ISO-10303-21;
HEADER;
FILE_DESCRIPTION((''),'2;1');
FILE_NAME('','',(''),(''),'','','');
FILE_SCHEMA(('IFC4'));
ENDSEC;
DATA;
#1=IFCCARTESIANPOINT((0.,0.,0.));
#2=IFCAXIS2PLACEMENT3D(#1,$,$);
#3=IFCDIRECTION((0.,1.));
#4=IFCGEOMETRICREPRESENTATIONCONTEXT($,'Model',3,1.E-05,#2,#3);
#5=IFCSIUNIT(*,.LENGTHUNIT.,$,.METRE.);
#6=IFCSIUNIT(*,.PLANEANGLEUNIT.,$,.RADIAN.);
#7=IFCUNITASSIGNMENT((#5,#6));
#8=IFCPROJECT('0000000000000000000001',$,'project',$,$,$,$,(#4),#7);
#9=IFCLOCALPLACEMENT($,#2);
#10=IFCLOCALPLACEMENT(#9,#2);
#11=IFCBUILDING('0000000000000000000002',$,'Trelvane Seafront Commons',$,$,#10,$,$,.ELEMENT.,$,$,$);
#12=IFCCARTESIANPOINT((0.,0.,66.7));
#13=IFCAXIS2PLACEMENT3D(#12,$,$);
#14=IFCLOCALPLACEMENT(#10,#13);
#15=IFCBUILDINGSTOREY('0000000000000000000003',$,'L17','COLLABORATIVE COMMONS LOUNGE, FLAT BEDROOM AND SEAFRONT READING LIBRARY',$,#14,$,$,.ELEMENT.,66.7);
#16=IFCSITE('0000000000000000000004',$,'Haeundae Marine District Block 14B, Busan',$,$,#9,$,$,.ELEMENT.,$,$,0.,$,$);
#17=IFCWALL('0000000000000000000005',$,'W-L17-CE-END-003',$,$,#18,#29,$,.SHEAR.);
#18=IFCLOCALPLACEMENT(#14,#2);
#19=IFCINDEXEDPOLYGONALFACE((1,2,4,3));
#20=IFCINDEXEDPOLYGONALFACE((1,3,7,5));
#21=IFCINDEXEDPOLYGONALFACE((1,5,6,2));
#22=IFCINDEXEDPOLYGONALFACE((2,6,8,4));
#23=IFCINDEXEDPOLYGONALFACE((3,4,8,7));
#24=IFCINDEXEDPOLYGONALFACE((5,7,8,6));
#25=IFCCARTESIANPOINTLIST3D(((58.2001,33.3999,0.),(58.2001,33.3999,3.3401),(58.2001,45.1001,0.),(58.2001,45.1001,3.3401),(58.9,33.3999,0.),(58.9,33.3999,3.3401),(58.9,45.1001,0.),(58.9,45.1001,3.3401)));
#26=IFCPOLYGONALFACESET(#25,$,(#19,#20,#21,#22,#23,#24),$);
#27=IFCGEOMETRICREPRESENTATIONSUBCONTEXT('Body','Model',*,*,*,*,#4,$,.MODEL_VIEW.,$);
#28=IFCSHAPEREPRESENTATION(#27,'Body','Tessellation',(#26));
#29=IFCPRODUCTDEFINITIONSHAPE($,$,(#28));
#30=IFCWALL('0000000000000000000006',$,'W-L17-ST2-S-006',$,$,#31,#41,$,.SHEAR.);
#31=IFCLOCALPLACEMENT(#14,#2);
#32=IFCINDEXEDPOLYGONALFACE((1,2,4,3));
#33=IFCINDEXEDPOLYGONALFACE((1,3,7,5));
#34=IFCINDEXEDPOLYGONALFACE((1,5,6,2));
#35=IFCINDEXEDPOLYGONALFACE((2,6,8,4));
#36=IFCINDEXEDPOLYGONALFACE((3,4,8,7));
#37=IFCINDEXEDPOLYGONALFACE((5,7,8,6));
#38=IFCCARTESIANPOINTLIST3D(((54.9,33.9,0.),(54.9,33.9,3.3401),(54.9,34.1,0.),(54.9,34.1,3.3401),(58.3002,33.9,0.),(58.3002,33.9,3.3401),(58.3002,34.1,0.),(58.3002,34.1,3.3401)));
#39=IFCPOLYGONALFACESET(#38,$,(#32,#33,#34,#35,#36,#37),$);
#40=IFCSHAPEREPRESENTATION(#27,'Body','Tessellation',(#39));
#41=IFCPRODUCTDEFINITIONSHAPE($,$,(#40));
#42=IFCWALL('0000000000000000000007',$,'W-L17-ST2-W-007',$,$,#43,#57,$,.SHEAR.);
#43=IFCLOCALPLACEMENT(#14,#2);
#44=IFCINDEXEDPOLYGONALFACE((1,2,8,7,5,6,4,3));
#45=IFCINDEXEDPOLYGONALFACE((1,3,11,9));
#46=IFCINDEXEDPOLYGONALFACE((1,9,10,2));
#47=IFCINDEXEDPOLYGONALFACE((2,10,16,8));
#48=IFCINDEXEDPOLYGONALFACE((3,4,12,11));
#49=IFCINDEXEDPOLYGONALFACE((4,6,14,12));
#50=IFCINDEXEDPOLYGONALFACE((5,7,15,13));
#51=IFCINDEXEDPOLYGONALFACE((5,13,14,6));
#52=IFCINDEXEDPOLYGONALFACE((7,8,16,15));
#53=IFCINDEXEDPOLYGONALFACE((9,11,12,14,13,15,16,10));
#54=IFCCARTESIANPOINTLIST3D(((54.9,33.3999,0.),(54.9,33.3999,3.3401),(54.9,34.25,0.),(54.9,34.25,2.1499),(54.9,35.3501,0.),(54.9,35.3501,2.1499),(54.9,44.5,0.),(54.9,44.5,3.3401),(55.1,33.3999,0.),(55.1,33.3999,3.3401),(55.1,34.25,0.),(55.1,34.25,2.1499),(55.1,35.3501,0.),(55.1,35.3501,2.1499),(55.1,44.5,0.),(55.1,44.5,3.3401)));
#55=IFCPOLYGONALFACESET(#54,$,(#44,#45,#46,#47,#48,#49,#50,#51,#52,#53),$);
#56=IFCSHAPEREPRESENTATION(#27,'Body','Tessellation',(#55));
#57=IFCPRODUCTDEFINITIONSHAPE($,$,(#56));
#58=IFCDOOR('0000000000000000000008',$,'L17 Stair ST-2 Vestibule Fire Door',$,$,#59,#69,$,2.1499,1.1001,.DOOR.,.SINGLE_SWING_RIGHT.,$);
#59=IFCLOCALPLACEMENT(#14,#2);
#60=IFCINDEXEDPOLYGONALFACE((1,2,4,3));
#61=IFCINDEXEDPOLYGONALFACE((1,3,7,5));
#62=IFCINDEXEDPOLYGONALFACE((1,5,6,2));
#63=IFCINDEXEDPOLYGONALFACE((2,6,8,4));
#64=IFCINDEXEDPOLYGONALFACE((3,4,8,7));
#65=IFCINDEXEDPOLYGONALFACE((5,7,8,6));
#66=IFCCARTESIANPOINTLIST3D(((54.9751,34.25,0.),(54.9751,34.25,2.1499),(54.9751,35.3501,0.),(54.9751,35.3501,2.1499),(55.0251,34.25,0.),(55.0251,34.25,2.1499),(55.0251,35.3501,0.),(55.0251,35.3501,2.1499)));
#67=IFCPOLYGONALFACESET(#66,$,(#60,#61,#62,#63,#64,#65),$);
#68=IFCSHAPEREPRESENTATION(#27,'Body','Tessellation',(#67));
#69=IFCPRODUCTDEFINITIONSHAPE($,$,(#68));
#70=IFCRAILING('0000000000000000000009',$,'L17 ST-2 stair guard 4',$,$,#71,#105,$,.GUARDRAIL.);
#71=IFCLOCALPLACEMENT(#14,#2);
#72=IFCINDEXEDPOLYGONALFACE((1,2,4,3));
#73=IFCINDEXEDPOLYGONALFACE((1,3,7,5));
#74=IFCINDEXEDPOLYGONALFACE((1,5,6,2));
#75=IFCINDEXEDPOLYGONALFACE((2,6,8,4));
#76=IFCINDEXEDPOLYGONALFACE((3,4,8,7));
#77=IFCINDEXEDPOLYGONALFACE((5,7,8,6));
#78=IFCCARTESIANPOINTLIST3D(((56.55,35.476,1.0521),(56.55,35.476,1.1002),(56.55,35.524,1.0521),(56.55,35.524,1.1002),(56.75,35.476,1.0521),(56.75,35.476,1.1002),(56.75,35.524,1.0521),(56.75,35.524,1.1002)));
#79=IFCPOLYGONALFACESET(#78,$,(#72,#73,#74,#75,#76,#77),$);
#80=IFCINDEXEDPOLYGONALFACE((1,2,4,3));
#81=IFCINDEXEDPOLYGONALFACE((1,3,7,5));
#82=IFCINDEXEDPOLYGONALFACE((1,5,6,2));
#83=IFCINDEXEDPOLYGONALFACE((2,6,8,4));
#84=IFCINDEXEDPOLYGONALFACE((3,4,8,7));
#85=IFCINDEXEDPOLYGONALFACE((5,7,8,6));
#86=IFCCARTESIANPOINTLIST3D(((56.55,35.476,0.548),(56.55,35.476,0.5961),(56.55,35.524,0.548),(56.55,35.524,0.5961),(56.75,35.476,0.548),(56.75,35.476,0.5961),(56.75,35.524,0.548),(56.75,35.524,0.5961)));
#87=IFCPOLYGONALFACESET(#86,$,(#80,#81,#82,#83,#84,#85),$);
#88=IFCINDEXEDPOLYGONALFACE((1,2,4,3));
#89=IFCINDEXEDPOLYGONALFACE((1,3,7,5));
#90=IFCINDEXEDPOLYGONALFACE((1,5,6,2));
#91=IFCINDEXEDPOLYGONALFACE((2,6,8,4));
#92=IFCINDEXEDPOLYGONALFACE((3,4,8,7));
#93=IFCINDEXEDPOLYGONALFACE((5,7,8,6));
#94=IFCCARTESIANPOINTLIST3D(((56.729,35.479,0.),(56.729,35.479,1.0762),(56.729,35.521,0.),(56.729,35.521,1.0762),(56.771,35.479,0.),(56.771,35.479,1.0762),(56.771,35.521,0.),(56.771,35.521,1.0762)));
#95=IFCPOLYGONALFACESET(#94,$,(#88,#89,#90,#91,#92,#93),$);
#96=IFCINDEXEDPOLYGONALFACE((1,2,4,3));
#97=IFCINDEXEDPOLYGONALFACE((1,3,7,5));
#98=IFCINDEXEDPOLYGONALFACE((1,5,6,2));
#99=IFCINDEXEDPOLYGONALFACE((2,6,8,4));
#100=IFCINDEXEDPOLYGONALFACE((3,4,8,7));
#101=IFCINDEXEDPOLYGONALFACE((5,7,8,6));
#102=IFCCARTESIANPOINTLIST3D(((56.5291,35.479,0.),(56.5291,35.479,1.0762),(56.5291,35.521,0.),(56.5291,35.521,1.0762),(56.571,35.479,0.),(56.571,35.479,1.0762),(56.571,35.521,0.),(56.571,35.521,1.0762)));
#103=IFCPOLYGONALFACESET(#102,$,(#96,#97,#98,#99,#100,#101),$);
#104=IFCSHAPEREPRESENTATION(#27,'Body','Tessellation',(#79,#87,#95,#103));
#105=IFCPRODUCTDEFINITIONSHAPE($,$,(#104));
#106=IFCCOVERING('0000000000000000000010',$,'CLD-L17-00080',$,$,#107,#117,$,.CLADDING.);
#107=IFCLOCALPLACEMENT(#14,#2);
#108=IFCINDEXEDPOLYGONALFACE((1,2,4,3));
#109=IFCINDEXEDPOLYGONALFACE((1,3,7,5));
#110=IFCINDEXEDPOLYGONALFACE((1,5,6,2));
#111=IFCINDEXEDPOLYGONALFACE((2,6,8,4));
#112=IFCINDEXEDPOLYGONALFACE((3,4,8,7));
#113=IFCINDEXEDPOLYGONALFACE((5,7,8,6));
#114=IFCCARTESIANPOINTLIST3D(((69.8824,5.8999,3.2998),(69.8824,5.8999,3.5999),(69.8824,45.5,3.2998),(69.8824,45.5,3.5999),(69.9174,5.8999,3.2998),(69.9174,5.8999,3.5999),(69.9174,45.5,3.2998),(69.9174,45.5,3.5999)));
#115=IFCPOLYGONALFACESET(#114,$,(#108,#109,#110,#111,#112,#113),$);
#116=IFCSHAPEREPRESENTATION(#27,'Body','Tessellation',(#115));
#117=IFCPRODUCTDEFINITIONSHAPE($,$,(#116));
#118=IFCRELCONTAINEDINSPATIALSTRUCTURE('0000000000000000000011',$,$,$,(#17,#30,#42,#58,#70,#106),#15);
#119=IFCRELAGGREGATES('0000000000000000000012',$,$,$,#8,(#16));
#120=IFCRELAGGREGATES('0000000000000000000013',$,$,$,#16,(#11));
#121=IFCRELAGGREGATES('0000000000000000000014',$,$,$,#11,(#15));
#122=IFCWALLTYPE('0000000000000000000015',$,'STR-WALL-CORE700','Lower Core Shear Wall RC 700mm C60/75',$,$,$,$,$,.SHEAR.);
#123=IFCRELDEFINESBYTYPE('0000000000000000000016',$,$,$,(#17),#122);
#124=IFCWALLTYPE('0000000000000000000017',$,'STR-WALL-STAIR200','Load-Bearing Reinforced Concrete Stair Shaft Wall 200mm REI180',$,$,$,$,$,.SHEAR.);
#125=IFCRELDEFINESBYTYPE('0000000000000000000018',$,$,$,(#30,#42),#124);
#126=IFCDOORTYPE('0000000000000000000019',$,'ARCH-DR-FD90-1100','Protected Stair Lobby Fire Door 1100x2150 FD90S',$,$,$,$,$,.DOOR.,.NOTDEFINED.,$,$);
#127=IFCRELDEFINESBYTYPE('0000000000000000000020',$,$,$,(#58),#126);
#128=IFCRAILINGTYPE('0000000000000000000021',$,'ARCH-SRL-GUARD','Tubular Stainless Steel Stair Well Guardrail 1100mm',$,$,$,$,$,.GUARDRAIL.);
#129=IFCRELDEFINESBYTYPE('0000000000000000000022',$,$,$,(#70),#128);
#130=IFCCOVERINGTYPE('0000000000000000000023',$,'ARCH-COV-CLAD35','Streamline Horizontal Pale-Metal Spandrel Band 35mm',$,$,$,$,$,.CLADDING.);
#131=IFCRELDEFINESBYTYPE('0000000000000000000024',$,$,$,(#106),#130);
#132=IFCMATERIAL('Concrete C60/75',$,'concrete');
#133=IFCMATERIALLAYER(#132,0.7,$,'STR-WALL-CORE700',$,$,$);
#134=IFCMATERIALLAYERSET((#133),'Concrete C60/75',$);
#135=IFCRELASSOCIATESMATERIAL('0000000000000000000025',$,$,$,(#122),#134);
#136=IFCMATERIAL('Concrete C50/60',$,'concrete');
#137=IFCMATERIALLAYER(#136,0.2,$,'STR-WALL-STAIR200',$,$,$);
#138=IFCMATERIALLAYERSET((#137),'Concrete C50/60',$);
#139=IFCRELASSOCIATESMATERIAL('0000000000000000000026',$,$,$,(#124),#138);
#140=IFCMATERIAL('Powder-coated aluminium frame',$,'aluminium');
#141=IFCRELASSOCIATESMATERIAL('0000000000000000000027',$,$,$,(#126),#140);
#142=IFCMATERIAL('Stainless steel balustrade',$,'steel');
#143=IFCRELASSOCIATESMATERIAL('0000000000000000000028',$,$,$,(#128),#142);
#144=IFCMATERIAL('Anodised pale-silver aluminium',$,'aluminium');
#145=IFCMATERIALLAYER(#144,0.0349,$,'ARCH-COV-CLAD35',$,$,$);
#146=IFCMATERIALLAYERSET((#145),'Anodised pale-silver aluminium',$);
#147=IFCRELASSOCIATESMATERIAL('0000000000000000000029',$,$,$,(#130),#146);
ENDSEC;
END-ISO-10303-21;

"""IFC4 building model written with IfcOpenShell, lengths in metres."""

from ifc_helpers import new_model, si_unit, direction, frame, frame_2d, origin, origin_2d, place, context, subcontext, project, spatial, rectangle, extrude, source, transform, mapped, material, layer, layer_set, type_object, element, fill, save


model = new_model("IFC4")

# Units and contexts
model_context = context("Model", 3, precision=1e-05, world=origin(), true_north=direction((0.0, 1.0)))
body_context = subcontext(model_context, "Body", "Model", "MODEL_VIEW")
ifc_project = project(units=[si_unit("LENGTHUNIT", "METRE"), si_unit("PLANEANGLEUNIT", "RADIAN")], contexts=[model_context])

# Site, building, storey
site_placement = place(None, origin())
site = spatial("IfcSite", under=ifc_project, at=site_placement, Name="Haeundae Marine District Block 14B, Busan", CompositionType="ELEMENT", RefElevation=0.0)
building_placement = place(site_placement, origin())
building = spatial("IfcBuilding", under=site, at=building_placement, Name="Trelvane Seafront Commons", CompositionType="ELEMENT")
storey_placement = place(building_placement, frame((0.0, 0.0, 66.7)))
storey = spatial("IfcBuildingStorey", under=building, at=storey_placement, Name="L17", Description="COLLABORATIVE COMMONS LOUNGE, FLAT BEDROOM AND SEAFRONT READING LIBRARY", CompositionType="ELEMENT", Elevation=66.7)

# Shared definitions
ifc_material_1 = material(Name="Concrete C60/75", Category="concrete")

# Shared definitions
ifc_material_2 = material(Name="Powder-coated aluminium frame", Category="aluminium")

# Walls
ifc_layer_1 = layer(ifc_material_1, 0.7, Name="STR-WALL-CORE700")
ifc_layer_set_1 = layer_set([ifc_layer_1], Name="Concrete C60/75")
wall_type_1 = type_object("IfcWallType", Name="STR-WALL-CORE700", Description="Lower Core Shear Wall RC 700mm C60/75", PredefinedType="SHEAR", material=ifc_layer_set_1)
wall_1_placement = place(storey_placement, frame((58.55, 33.3999, 0.0), z_axis=(0.0, 0.0, 1.0), x_axis=(0.0, 1.0, 0.0)))
element("IfcWall", 1, at=wall_1_placement, inside=storey, type_object=wall_type_1, Name="W-L17-CE-END-003", PredefinedType="SHEAR", context=body_context, shape_type="SweptSolid", body=[
    extrude(rectangle(XDim=11.7002, YDim=0.7, at=frame_2d((5.8501, 0.0))), origin(), (0.0, 0.0, 1.0), 3.3401),
])
ifc_material_3 = material(Name="Concrete C50/60", Category="concrete")
ifc_layer_2 = layer(ifc_material_3, 0.2, Name="STR-WALL-STAIR200")
ifc_layer_set_2 = layer_set([ifc_layer_2], Name="Concrete C50/60")
wall_type_2 = type_object("IfcWallType", Name="STR-WALL-STAIR200", Description="Load-Bearing Reinforced Concrete Stair Shaft Wall 200mm REI180", PredefinedType="SHEAR", material=ifc_layer_set_2)
wall_2_placement = place(storey_placement, frame((54.8999, 34.0, 0.0), z_axis=(0.0, 0.0, 1.0), x_axis=(1.0, 0.0, 0.0)))
element("IfcWall", 2, at=wall_2_placement, inside=storey, type_object=wall_type_2, Name="W-L17-ST2-S-006", PredefinedType="SHEAR", context=body_context, shape_type="SweptSolid", body=[
    extrude(rectangle(XDim=3.4001, YDim=0.2, at=frame_2d((1.7002, 0.0))), origin(), (0.0, 0.0, 1.0), 3.3401),
])

# Wall, opening, door
wall_3_placement = place(storey_placement, frame((55.0, 33.3999, 0.0), z_axis=(0.0, 0.0, 1.0), x_axis=(0.0, 1.0, 0.0)))
wall_3 = element("IfcWall", 3, at=wall_3_placement, inside=storey, type_object=wall_type_2, Name="W-L17-ST2-W-007", PredefinedType="SHEAR", context=body_context, shape_type="SweptSolid", body=[
    extrude(rectangle(XDim=11.1001, YDim=0.2, at=frame_2d((5.55, 0.0))), origin(), (0.0, 0.0, 1.0), 3.3401),
])
opening_1_placement = place(wall_3_placement, frame((0.8501, 0.0, 0.0)))
opening_1 = element("IfcOpeningElement", 4, at=opening_1_placement, cuts=wall_3, PredefinedType="OPENING", context=body_context, shape_type="SweptSolid", body=[
    extrude(rectangle(XDim=1.1001, YDim=2.1499, at=frame_2d((0.55, 1.075))), frame((0.0, 0.1099, 0.0), z_axis=(0.0, -1.0, 0.0), x_axis=(1.0, 0.0, 0.0)), (0.0, 0.0, 1.0), 0.22),
])
door_type_1 = type_object("IfcDoorType", Name="ARCH-DR-FD90-1100", Description="Protected Stair Lobby Fire Door 1100x2150 FD90S", OperationType="NOTDEFINED", PredefinedType="DOOR", material=ifc_material_2)
shared_shape_1 = source(origin(), body_context, "Body", "SweptSolid", [
    extrude(rectangle(XDim=1.1001, YDim=2.1499, at=frame_2d((0.55, 1.075))), frame((0.0, 0.0249, 0.0), z_axis=(0.0, -1.0, 0.0), x_axis=(1.0, 0.0, 0.0)), (0.0, 0.0, 1.0), 0.05),
])
door_1_placement = place(opening_1_placement, origin())
door_1 = element("IfcDoor", 5, at=door_1_placement, inside=storey, type_object=door_type_1, Name="L17 Stair ST-2 Vestibule Fire Door", OperationType="SINGLE_SWING_RIGHT", OverallHeight=2.1499, OverallWidth=1.1001, PredefinedType="DOOR", context=body_context, shape_type="MappedRepresentation", body=[
    mapped(shared_shape_1, transform((0.0, 0.0, 0.0), x_axis=(1.0, 0.0, 0.0), y_axis=(0.0, 1.0, 0.0), z_axis=(0.0, 0.0, 1.0), scale=1.0)),
])
fill(opening_1, door_1)

# Railing
ifc_material_4 = material(Name="Stainless steel balustrade", Category="steel")
railing_type = type_object("IfcRailingType", Name="ARCH-SRL-GUARD", Description="Tubular Stainless Steel Stair Well Guardrail 1100mm", PredefinedType="GUARDRAIL", material=ifc_material_4)
railing_placement = place(storey_placement, frame((56.75, 35.5, 0.0)))
element("IfcRailing", 6, at=railing_placement, inside=storey, type_object=railing_type, Name="L17 ST-2 stair guard 4", PredefinedType="GUARDRAIL", context=body_context, shape_type="SweptSolid", body=[
    extrude(rectangle(XDim=0.0481, YDim=0.0481, at=origin_2d()), frame((0.0, 0.0, 1.0762), z_axis=(-1.0, 0.0, 0.0), x_axis=(0.0, -1.0, 0.0)), (0.0, 0.0, 1.0), 0.2),
    extrude(rectangle(XDim=0.0481, YDim=0.0481, at=origin_2d()), frame((0.0, 0.0, 0.572), z_axis=(-1.0, 0.0, 0.0), x_axis=(0.0, -1.0, 0.0)), (0.0, 0.0, 1.0), 0.2),
    extrude(rectangle(XDim=0.042, YDim=0.042, at=origin_2d()), origin(), (0.0, 0.0, 1.0), 1.0762),
    extrude(rectangle(XDim=0.042, YDim=0.042, at=origin_2d()), frame((-0.2, 0.0, 0.0)), (0.0, 0.0, 1.0), 1.0762),
])

# Covering
ifc_material_5 = material(Name="Anodised pale-silver aluminium", Category="aluminium")
ifc_layer_3 = layer(ifc_material_5, 0.0349, Name="ARCH-COV-CLAD35")
ifc_layer_set_3 = layer_set([ifc_layer_3], Name="Anodised pale-silver aluminium")
covering_type = type_object("IfcCoveringType", Name="ARCH-COV-CLAD35", Description="Streamline Horizontal Pale-Metal Spandrel Band 35mm", PredefinedType="CLADDING", material=ifc_layer_set_3)
shared_shape_2 = source(origin(), body_context, "Body", "SweptSolid", [
    extrude(rectangle(XDim=39.6001, YDim=0.0349, at=origin_2d()), origin(), (0.0, 0.0, 1.0), 0.3),
])
covering_placement = place(storey_placement, frame((69.8999, 25.7, 3.2998), z_axis=(0.0, 0.0, 1.0), x_axis=(0.0, -1.0, 0.0)))
element("IfcCovering", 7, at=covering_placement, inside=storey, type_object=covering_type, Name="CLD-L17-00080", PredefinedType="CLADDING", context=body_context, shape_type="MappedRepresentation", body=[
    mapped(shared_shape_2, transform((0.0, 0.0, 0.0), x_axis=(1.0, 0.0, 0.0), y_axis=(0.0, 1.0, 0.0), z_axis=(0.0, 0.0, 1.0), scale=1.0)),
])

save(model, "model.ifc")
